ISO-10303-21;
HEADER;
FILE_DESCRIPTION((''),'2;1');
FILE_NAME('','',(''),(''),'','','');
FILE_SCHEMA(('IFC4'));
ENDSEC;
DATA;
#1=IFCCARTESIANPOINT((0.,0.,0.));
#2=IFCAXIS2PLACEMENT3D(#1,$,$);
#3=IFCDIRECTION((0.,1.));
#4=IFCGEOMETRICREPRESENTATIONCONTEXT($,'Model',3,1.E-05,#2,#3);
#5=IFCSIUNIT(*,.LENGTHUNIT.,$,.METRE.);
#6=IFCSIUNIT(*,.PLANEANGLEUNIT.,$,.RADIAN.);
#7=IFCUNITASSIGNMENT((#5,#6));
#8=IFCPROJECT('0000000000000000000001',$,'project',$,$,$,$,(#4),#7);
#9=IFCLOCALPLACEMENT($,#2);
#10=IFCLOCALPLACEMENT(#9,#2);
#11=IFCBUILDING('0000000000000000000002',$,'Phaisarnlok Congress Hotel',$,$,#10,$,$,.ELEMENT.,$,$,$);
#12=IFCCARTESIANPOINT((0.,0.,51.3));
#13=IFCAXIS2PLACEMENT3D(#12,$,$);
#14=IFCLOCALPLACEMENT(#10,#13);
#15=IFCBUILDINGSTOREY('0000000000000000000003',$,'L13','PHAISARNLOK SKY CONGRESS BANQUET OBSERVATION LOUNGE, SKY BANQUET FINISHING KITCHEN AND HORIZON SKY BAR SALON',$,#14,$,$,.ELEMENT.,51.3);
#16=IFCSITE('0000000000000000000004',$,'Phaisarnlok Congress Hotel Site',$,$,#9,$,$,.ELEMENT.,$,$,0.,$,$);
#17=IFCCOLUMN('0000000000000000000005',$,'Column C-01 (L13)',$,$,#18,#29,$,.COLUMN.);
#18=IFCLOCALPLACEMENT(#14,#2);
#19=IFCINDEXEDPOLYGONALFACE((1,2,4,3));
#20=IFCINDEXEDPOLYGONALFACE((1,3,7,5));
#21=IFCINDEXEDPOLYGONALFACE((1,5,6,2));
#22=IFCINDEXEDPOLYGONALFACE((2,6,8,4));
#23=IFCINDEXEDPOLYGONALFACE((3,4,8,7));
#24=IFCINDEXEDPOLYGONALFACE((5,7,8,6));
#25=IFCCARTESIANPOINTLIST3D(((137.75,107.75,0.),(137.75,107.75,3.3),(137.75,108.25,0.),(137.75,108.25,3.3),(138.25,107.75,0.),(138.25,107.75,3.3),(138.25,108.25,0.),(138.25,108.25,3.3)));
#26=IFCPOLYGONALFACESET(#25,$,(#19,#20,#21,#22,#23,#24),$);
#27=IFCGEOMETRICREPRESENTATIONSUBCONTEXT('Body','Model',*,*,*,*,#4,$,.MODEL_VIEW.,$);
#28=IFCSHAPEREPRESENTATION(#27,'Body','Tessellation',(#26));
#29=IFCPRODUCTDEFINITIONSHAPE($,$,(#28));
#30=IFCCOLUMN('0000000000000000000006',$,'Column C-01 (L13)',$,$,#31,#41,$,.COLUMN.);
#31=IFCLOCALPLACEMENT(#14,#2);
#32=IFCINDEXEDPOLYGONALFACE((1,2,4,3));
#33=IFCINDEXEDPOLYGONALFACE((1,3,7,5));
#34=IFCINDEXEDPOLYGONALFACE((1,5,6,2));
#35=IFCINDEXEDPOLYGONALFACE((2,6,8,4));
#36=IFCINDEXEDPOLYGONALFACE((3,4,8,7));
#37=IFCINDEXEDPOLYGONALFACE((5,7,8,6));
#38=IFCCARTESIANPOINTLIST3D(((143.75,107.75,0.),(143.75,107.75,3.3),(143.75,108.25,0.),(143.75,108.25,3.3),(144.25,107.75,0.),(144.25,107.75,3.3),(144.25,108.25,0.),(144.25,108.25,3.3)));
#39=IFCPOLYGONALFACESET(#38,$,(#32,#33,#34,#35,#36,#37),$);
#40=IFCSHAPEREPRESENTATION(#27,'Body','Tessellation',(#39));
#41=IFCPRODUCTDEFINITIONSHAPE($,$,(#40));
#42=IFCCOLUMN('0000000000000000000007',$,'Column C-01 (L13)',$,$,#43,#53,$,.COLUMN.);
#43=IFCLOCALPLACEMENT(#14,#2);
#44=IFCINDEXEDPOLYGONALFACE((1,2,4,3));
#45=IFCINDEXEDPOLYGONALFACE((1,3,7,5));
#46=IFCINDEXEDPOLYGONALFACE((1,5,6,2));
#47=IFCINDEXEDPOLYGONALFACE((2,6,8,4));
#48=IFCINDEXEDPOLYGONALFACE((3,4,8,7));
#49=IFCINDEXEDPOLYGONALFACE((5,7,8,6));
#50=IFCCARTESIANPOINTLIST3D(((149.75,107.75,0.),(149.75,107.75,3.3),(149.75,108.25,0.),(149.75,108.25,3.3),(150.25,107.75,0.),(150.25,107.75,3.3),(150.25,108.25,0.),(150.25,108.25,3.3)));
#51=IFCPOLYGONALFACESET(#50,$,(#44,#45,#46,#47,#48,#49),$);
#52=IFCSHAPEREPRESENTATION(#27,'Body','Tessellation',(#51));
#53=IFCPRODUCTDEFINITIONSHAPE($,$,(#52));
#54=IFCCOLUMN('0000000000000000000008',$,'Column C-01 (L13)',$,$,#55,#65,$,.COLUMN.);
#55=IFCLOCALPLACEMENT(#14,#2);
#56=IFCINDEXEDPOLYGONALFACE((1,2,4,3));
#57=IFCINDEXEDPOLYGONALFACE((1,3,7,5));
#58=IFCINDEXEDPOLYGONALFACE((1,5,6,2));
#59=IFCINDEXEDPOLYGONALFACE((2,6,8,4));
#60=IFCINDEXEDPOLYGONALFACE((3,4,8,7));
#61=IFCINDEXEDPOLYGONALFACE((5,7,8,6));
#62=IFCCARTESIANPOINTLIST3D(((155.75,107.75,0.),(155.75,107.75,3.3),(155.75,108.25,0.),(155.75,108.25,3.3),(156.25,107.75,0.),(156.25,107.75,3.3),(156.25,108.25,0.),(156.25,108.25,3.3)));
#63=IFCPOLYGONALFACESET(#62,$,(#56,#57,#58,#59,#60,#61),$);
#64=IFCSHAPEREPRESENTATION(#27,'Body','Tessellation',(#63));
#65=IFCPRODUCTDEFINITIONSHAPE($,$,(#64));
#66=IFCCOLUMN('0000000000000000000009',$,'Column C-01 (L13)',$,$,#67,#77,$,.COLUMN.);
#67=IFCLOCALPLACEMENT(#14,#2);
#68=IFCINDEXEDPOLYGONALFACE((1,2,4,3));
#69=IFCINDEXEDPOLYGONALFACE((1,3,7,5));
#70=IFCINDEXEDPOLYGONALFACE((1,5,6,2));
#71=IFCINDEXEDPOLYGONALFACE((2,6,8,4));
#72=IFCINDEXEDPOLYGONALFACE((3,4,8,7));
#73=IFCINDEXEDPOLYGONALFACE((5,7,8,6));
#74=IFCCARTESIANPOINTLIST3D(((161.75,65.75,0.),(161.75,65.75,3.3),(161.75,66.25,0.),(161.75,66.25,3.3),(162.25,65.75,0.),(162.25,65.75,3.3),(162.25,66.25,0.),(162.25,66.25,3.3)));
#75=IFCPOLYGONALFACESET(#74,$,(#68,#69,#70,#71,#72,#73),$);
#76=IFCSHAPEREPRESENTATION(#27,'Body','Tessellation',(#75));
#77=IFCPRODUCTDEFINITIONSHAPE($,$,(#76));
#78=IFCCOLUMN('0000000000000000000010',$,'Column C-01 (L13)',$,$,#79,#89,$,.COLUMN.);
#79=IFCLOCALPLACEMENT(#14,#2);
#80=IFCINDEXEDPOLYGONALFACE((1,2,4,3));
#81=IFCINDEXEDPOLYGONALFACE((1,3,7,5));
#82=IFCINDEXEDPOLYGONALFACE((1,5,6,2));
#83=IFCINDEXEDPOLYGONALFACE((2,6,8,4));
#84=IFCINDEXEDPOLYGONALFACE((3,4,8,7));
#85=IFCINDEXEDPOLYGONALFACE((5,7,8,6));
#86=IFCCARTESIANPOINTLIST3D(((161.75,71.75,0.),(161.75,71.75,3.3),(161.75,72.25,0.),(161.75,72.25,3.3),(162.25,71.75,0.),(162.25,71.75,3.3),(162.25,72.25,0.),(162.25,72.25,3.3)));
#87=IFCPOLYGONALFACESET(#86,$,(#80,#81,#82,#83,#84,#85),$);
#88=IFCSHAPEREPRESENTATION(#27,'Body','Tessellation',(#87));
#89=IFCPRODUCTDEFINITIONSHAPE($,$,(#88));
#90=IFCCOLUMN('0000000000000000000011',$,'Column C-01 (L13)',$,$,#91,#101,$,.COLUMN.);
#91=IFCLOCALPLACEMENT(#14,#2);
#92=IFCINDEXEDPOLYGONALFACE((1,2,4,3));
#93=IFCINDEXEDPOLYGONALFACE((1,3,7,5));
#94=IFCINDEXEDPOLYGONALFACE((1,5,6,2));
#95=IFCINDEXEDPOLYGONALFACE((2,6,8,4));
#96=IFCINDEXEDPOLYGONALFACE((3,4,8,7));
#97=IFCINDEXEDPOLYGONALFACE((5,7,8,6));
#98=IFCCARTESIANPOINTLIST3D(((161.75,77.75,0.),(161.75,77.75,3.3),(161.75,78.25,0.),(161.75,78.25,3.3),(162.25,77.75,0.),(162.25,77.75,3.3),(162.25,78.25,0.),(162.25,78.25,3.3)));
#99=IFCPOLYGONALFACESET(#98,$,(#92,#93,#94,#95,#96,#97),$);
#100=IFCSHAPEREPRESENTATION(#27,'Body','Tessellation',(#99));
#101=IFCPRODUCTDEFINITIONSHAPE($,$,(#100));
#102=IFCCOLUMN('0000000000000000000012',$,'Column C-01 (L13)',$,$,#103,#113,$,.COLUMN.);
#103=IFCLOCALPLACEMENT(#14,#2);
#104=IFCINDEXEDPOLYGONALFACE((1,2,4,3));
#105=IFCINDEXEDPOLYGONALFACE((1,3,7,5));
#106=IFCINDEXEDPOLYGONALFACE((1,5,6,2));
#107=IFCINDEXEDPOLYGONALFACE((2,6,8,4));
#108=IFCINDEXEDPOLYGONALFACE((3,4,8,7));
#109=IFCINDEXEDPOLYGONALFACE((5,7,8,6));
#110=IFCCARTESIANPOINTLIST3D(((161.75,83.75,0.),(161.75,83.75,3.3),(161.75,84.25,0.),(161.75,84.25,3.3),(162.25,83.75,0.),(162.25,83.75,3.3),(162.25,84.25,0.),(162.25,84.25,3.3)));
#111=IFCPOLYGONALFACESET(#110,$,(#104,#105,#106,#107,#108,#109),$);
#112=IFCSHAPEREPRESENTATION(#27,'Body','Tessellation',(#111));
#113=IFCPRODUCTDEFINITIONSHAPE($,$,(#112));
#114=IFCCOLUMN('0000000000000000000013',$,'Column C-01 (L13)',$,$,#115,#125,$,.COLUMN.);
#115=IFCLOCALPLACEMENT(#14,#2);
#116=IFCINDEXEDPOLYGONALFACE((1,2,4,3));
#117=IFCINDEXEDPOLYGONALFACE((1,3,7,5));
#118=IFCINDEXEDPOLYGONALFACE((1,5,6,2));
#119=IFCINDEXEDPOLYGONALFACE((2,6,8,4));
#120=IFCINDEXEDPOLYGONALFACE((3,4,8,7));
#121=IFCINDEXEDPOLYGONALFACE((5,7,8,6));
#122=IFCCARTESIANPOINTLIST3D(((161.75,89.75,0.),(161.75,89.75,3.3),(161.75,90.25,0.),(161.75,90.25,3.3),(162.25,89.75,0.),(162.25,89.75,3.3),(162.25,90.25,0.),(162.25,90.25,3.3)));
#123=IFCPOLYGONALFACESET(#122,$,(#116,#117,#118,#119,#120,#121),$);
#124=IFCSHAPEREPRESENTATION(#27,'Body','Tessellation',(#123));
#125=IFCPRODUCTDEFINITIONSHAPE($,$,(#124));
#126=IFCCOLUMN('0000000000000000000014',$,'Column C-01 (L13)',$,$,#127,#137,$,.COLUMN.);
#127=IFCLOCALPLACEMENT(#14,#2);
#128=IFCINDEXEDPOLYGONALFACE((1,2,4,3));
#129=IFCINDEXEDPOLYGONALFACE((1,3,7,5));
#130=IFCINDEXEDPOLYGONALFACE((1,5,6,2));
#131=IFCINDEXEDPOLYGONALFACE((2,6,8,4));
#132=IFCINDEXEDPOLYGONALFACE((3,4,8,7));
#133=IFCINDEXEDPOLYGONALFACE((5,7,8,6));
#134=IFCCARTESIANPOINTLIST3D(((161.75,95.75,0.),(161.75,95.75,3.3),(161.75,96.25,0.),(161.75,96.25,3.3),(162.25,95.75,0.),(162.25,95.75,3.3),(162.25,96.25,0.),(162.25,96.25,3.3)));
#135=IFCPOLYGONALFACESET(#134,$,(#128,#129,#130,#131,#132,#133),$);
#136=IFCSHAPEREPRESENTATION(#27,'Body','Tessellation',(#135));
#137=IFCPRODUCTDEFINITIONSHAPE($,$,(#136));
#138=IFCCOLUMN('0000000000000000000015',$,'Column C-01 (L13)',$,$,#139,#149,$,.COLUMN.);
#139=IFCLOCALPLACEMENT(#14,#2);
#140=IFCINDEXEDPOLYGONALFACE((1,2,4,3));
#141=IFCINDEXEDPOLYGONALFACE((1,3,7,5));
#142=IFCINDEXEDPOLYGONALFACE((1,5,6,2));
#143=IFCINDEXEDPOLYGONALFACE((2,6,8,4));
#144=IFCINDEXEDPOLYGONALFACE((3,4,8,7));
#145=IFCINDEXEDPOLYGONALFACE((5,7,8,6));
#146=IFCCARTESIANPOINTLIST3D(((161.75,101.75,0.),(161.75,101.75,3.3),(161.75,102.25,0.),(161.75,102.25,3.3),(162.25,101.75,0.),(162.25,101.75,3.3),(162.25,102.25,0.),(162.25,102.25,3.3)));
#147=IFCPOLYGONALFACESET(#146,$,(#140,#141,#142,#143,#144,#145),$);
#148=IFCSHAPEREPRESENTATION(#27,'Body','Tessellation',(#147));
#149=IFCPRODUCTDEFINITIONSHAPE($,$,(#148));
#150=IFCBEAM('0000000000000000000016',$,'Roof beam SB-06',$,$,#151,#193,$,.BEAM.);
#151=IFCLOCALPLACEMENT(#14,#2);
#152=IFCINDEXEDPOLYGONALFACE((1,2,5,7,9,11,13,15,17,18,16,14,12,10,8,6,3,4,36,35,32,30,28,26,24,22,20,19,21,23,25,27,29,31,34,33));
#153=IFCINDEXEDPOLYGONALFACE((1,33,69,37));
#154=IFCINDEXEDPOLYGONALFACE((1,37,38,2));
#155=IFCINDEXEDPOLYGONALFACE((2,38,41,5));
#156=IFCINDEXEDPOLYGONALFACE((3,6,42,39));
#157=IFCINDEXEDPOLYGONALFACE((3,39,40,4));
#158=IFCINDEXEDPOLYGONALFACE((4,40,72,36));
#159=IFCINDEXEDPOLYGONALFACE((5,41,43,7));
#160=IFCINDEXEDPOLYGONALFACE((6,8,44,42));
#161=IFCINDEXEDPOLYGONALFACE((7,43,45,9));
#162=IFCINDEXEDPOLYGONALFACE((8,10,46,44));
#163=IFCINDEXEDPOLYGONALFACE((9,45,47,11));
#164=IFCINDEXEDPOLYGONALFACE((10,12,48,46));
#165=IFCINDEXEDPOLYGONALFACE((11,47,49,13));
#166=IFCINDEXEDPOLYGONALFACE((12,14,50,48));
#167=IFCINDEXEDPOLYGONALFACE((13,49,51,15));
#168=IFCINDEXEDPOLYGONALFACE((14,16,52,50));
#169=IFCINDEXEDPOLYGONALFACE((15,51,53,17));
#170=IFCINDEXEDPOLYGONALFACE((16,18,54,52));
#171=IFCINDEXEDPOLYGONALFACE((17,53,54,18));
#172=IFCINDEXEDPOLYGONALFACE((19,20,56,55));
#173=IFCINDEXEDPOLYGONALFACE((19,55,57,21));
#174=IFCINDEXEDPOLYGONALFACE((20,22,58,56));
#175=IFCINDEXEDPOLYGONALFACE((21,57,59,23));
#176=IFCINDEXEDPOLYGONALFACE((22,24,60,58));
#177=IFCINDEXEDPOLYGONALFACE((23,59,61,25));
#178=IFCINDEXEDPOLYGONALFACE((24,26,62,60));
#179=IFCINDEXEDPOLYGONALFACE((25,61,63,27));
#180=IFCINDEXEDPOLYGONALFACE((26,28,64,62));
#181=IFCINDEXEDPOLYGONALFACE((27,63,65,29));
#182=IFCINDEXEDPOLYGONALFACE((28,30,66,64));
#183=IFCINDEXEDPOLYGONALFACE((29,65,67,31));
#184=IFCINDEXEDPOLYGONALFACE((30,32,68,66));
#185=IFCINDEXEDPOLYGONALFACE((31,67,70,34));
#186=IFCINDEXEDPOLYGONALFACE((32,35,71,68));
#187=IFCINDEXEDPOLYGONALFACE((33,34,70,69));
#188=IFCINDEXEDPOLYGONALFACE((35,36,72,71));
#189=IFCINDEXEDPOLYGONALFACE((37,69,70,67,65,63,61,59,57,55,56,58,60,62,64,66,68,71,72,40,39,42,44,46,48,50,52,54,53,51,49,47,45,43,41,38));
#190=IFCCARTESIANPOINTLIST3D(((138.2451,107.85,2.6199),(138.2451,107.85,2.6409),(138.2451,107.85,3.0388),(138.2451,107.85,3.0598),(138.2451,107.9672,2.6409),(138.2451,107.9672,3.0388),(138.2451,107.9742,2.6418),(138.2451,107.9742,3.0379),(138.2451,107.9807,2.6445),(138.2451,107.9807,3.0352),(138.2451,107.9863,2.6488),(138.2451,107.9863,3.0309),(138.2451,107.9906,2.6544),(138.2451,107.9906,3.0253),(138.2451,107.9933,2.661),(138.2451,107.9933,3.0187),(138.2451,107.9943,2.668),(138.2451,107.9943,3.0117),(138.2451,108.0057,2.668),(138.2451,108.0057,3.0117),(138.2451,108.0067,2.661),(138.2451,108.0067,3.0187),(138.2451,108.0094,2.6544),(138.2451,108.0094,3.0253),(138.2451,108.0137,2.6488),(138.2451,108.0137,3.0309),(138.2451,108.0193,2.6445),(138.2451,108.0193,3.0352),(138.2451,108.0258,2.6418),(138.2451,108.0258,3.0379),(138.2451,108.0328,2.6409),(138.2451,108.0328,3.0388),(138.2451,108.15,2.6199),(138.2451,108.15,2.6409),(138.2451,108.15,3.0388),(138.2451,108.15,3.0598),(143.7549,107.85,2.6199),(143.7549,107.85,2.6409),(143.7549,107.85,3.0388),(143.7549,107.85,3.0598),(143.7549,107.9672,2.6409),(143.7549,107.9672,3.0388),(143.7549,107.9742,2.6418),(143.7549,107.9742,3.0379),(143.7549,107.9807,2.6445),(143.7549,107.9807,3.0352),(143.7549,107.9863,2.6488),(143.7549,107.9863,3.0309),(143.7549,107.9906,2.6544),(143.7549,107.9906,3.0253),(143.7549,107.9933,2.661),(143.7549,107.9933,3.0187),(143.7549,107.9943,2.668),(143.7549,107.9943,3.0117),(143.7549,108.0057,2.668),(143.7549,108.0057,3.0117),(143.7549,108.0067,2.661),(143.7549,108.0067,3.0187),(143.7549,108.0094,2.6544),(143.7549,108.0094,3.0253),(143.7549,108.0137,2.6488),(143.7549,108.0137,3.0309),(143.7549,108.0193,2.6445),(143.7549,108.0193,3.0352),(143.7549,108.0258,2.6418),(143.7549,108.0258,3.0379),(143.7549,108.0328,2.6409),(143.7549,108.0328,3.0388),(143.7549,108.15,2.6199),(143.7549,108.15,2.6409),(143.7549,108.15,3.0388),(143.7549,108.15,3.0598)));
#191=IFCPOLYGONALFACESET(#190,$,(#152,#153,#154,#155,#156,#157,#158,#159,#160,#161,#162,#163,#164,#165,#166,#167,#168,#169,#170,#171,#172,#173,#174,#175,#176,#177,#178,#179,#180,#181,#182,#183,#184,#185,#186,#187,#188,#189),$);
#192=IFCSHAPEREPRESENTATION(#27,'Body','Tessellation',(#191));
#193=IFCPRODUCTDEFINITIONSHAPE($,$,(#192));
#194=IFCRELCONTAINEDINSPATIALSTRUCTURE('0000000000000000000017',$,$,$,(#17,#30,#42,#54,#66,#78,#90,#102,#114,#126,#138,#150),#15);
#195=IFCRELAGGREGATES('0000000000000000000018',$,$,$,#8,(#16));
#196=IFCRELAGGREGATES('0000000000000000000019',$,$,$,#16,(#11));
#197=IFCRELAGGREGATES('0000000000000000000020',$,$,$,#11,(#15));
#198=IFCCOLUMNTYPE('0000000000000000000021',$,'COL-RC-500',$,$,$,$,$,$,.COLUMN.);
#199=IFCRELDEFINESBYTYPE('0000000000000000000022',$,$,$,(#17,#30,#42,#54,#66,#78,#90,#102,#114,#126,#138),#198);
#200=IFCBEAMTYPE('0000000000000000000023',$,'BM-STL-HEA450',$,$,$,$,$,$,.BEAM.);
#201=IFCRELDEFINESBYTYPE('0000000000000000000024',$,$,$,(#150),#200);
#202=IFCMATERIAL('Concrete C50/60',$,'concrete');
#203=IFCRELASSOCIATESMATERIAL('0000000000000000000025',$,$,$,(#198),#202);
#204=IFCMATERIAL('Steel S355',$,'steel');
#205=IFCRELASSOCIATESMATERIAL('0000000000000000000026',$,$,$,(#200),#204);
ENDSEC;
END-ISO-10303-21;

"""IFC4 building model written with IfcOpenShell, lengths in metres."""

from ifc_helpers import new_model, si_unit, direction, frame, origin, origin_2d, place, context, subcontext, project, spatial, rectangle, i_section, extrude, material, material_profile, profile_set, type_object, element, save


model = new_model("IFC4")

# Units and contexts
model_context = context("Model", 3, precision=1e-05, world=origin(), true_north=direction((0.0, 1.0)))
body_context = subcontext(model_context, "Body", "Model", "MODEL_VIEW")
ifc_project = project(units=[si_unit("LENGTHUNIT", "METRE"), si_unit("PLANEANGLEUNIT", "RADIAN")], contexts=[model_context])

# Site, building, storey
site_placement = place(None, origin())
site = spatial("IfcSite", under=ifc_project, at=site_placement, Name="Phaisarnlok Congress Hotel Site", CompositionType="ELEMENT", RefElevation=0.0)
building_placement = place(site_placement, origin())
building = spatial("IfcBuilding", under=site, at=building_placement, Name="Phaisarnlok Congress Hotel", CompositionType="ELEMENT")
storey_placement = place(building_placement, frame((0.0, 0.0, 51.3)))
storey = spatial("IfcBuildingStorey", under=building, at=storey_placement, Name="L13", Description="PHAISARNLOK SKY CONGRESS BANQUET OBSERVATION LOUNGE, SKY BANQUET FINISHING KITCHEN AND HORIZON SKY BAR SALON", CompositionType="ELEMENT", Elevation=51.3)

# Columns
ifc_material_1 = material(Name="Concrete C50/60", Category="concrete")
ifc_material_profile_1 = material_profile(ifc_material_1, rectangle(XDim=0.5, YDim=0.5, at=origin_2d()), Name="RC 500x500")
ifc_profile_set_1 = profile_set([ifc_material_profile_1], Name="Concrete C50/60")
column_type = type_object("IfcColumnType", Name="COL-RC-500", PredefinedType="COLUMN", material=ifc_profile_set_1)
for number, where, z_axis, x_axis, name in (
    (1, (138.0, 108.0, 0.0), (0.0, 0.0, 1.0), (1.0, 0.0, 0.0), "Column C-01 (L13)"),
    (2, (144.0, 108.0, 0.0), (0.0, 0.0, 1.0), (1.0, 0.0, 0.0), "Column C-01 (L13)"),
    (3, (150.0, 108.0, 0.0), (0.0, 0.0, 1.0), (1.0, 0.0, 0.0), "Column C-01 (L13)"),
    (4, (156.0, 108.0, 0.0), (0.0, 0.0, 1.0), (1.0, 0.0, 0.0), "Column C-01 (L13)"),
    (5, (162.0, 66.0, 0.0), (0.0, 0.0, 1.0), (1.0, 0.0, 0.0), "Column C-01 (L13)"),
    (6, (162.0, 72.0, 0.0), (0.0, 0.0, 1.0), (1.0, 0.0, 0.0), "Column C-01 (L13)"),
    (7, (162.0, 78.0, 0.0), (0.0, 0.0, 1.0), (1.0, 0.0, 0.0), "Column C-01 (L13)"),
    (8, (162.0, 84.0, 0.0), (0.0, 0.0, 1.0), (1.0, 0.0, 0.0), "Column C-01 (L13)"),
    (9, (162.0, 90.0, 0.0), (0.0, 0.0, 1.0), (1.0, 0.0, 0.0), "Column C-01 (L13)"),
    (10, (162.0, 96.0, 0.0), (0.0, 0.0, 1.0), (1.0, 0.0, 0.0), "Column C-01 (L13)"),
    (11, (162.0, 102.0, 0.0), (0.0, 0.0, 1.0), (1.0, 0.0, 0.0), "Column C-01 (L13)"),
):
    element("IfcColumn", number, at=place(storey_placement, frame(where, z_axis=z_axis, x_axis=x_axis)), inside=storey, type_object=column_type, Name=name, PredefinedType="COLUMN", context=body_context, shape_type="SweptSolid", body=[
        extrude(rectangle(XDim=0.5, YDim=0.5, at=origin_2d()), origin(), (0.0, 0.0, 1.0), 3.3),
    ])

# Beam
ifc_material_2 = material(Name="Steel S355", Category="steel")
ifc_material_profile_2 = material_profile(ifc_material_2, i_section(OverallWidth=0.3, OverallDepth=0.4399, WebThickness=0.0115, FlangeThickness=0.021, FilletRadius=0.0271, at=origin_2d()), Name="HEA 450")
ifc_profile_set_2 = profile_set([ifc_material_profile_2], Name="Steel S355")
beam_type_1 = type_object("IfcBeamType", Name="BM-STL-HEA450", PredefinedType="BEAM", material=ifc_profile_set_2)
for number, where, z_axis, x_axis, name in (
    (12, (138.2451, 108.0, 2.8398), (1.0, 0.0, 0.0), (0.0, 1.0, 0.0), "Roof beam SB-06"),
):
    element("IfcBeam", number, at=place(storey_placement, frame(where, z_axis=z_axis, x_axis=x_axis)), inside=storey, type_object=beam_type_1, Name=name, PredefinedType="BEAM", context=body_context, shape_type="SweptSolid", body=[
        extrude(i_section(OverallWidth=0.3, OverallDepth=0.4399, WebThickness=0.0115, FlangeThickness=0.021, FilletRadius=0.0271, at=origin_2d()), origin(), (0.0, 0.0, 1.0), 5.5098),
    ])

save(model, "model.ifc")
